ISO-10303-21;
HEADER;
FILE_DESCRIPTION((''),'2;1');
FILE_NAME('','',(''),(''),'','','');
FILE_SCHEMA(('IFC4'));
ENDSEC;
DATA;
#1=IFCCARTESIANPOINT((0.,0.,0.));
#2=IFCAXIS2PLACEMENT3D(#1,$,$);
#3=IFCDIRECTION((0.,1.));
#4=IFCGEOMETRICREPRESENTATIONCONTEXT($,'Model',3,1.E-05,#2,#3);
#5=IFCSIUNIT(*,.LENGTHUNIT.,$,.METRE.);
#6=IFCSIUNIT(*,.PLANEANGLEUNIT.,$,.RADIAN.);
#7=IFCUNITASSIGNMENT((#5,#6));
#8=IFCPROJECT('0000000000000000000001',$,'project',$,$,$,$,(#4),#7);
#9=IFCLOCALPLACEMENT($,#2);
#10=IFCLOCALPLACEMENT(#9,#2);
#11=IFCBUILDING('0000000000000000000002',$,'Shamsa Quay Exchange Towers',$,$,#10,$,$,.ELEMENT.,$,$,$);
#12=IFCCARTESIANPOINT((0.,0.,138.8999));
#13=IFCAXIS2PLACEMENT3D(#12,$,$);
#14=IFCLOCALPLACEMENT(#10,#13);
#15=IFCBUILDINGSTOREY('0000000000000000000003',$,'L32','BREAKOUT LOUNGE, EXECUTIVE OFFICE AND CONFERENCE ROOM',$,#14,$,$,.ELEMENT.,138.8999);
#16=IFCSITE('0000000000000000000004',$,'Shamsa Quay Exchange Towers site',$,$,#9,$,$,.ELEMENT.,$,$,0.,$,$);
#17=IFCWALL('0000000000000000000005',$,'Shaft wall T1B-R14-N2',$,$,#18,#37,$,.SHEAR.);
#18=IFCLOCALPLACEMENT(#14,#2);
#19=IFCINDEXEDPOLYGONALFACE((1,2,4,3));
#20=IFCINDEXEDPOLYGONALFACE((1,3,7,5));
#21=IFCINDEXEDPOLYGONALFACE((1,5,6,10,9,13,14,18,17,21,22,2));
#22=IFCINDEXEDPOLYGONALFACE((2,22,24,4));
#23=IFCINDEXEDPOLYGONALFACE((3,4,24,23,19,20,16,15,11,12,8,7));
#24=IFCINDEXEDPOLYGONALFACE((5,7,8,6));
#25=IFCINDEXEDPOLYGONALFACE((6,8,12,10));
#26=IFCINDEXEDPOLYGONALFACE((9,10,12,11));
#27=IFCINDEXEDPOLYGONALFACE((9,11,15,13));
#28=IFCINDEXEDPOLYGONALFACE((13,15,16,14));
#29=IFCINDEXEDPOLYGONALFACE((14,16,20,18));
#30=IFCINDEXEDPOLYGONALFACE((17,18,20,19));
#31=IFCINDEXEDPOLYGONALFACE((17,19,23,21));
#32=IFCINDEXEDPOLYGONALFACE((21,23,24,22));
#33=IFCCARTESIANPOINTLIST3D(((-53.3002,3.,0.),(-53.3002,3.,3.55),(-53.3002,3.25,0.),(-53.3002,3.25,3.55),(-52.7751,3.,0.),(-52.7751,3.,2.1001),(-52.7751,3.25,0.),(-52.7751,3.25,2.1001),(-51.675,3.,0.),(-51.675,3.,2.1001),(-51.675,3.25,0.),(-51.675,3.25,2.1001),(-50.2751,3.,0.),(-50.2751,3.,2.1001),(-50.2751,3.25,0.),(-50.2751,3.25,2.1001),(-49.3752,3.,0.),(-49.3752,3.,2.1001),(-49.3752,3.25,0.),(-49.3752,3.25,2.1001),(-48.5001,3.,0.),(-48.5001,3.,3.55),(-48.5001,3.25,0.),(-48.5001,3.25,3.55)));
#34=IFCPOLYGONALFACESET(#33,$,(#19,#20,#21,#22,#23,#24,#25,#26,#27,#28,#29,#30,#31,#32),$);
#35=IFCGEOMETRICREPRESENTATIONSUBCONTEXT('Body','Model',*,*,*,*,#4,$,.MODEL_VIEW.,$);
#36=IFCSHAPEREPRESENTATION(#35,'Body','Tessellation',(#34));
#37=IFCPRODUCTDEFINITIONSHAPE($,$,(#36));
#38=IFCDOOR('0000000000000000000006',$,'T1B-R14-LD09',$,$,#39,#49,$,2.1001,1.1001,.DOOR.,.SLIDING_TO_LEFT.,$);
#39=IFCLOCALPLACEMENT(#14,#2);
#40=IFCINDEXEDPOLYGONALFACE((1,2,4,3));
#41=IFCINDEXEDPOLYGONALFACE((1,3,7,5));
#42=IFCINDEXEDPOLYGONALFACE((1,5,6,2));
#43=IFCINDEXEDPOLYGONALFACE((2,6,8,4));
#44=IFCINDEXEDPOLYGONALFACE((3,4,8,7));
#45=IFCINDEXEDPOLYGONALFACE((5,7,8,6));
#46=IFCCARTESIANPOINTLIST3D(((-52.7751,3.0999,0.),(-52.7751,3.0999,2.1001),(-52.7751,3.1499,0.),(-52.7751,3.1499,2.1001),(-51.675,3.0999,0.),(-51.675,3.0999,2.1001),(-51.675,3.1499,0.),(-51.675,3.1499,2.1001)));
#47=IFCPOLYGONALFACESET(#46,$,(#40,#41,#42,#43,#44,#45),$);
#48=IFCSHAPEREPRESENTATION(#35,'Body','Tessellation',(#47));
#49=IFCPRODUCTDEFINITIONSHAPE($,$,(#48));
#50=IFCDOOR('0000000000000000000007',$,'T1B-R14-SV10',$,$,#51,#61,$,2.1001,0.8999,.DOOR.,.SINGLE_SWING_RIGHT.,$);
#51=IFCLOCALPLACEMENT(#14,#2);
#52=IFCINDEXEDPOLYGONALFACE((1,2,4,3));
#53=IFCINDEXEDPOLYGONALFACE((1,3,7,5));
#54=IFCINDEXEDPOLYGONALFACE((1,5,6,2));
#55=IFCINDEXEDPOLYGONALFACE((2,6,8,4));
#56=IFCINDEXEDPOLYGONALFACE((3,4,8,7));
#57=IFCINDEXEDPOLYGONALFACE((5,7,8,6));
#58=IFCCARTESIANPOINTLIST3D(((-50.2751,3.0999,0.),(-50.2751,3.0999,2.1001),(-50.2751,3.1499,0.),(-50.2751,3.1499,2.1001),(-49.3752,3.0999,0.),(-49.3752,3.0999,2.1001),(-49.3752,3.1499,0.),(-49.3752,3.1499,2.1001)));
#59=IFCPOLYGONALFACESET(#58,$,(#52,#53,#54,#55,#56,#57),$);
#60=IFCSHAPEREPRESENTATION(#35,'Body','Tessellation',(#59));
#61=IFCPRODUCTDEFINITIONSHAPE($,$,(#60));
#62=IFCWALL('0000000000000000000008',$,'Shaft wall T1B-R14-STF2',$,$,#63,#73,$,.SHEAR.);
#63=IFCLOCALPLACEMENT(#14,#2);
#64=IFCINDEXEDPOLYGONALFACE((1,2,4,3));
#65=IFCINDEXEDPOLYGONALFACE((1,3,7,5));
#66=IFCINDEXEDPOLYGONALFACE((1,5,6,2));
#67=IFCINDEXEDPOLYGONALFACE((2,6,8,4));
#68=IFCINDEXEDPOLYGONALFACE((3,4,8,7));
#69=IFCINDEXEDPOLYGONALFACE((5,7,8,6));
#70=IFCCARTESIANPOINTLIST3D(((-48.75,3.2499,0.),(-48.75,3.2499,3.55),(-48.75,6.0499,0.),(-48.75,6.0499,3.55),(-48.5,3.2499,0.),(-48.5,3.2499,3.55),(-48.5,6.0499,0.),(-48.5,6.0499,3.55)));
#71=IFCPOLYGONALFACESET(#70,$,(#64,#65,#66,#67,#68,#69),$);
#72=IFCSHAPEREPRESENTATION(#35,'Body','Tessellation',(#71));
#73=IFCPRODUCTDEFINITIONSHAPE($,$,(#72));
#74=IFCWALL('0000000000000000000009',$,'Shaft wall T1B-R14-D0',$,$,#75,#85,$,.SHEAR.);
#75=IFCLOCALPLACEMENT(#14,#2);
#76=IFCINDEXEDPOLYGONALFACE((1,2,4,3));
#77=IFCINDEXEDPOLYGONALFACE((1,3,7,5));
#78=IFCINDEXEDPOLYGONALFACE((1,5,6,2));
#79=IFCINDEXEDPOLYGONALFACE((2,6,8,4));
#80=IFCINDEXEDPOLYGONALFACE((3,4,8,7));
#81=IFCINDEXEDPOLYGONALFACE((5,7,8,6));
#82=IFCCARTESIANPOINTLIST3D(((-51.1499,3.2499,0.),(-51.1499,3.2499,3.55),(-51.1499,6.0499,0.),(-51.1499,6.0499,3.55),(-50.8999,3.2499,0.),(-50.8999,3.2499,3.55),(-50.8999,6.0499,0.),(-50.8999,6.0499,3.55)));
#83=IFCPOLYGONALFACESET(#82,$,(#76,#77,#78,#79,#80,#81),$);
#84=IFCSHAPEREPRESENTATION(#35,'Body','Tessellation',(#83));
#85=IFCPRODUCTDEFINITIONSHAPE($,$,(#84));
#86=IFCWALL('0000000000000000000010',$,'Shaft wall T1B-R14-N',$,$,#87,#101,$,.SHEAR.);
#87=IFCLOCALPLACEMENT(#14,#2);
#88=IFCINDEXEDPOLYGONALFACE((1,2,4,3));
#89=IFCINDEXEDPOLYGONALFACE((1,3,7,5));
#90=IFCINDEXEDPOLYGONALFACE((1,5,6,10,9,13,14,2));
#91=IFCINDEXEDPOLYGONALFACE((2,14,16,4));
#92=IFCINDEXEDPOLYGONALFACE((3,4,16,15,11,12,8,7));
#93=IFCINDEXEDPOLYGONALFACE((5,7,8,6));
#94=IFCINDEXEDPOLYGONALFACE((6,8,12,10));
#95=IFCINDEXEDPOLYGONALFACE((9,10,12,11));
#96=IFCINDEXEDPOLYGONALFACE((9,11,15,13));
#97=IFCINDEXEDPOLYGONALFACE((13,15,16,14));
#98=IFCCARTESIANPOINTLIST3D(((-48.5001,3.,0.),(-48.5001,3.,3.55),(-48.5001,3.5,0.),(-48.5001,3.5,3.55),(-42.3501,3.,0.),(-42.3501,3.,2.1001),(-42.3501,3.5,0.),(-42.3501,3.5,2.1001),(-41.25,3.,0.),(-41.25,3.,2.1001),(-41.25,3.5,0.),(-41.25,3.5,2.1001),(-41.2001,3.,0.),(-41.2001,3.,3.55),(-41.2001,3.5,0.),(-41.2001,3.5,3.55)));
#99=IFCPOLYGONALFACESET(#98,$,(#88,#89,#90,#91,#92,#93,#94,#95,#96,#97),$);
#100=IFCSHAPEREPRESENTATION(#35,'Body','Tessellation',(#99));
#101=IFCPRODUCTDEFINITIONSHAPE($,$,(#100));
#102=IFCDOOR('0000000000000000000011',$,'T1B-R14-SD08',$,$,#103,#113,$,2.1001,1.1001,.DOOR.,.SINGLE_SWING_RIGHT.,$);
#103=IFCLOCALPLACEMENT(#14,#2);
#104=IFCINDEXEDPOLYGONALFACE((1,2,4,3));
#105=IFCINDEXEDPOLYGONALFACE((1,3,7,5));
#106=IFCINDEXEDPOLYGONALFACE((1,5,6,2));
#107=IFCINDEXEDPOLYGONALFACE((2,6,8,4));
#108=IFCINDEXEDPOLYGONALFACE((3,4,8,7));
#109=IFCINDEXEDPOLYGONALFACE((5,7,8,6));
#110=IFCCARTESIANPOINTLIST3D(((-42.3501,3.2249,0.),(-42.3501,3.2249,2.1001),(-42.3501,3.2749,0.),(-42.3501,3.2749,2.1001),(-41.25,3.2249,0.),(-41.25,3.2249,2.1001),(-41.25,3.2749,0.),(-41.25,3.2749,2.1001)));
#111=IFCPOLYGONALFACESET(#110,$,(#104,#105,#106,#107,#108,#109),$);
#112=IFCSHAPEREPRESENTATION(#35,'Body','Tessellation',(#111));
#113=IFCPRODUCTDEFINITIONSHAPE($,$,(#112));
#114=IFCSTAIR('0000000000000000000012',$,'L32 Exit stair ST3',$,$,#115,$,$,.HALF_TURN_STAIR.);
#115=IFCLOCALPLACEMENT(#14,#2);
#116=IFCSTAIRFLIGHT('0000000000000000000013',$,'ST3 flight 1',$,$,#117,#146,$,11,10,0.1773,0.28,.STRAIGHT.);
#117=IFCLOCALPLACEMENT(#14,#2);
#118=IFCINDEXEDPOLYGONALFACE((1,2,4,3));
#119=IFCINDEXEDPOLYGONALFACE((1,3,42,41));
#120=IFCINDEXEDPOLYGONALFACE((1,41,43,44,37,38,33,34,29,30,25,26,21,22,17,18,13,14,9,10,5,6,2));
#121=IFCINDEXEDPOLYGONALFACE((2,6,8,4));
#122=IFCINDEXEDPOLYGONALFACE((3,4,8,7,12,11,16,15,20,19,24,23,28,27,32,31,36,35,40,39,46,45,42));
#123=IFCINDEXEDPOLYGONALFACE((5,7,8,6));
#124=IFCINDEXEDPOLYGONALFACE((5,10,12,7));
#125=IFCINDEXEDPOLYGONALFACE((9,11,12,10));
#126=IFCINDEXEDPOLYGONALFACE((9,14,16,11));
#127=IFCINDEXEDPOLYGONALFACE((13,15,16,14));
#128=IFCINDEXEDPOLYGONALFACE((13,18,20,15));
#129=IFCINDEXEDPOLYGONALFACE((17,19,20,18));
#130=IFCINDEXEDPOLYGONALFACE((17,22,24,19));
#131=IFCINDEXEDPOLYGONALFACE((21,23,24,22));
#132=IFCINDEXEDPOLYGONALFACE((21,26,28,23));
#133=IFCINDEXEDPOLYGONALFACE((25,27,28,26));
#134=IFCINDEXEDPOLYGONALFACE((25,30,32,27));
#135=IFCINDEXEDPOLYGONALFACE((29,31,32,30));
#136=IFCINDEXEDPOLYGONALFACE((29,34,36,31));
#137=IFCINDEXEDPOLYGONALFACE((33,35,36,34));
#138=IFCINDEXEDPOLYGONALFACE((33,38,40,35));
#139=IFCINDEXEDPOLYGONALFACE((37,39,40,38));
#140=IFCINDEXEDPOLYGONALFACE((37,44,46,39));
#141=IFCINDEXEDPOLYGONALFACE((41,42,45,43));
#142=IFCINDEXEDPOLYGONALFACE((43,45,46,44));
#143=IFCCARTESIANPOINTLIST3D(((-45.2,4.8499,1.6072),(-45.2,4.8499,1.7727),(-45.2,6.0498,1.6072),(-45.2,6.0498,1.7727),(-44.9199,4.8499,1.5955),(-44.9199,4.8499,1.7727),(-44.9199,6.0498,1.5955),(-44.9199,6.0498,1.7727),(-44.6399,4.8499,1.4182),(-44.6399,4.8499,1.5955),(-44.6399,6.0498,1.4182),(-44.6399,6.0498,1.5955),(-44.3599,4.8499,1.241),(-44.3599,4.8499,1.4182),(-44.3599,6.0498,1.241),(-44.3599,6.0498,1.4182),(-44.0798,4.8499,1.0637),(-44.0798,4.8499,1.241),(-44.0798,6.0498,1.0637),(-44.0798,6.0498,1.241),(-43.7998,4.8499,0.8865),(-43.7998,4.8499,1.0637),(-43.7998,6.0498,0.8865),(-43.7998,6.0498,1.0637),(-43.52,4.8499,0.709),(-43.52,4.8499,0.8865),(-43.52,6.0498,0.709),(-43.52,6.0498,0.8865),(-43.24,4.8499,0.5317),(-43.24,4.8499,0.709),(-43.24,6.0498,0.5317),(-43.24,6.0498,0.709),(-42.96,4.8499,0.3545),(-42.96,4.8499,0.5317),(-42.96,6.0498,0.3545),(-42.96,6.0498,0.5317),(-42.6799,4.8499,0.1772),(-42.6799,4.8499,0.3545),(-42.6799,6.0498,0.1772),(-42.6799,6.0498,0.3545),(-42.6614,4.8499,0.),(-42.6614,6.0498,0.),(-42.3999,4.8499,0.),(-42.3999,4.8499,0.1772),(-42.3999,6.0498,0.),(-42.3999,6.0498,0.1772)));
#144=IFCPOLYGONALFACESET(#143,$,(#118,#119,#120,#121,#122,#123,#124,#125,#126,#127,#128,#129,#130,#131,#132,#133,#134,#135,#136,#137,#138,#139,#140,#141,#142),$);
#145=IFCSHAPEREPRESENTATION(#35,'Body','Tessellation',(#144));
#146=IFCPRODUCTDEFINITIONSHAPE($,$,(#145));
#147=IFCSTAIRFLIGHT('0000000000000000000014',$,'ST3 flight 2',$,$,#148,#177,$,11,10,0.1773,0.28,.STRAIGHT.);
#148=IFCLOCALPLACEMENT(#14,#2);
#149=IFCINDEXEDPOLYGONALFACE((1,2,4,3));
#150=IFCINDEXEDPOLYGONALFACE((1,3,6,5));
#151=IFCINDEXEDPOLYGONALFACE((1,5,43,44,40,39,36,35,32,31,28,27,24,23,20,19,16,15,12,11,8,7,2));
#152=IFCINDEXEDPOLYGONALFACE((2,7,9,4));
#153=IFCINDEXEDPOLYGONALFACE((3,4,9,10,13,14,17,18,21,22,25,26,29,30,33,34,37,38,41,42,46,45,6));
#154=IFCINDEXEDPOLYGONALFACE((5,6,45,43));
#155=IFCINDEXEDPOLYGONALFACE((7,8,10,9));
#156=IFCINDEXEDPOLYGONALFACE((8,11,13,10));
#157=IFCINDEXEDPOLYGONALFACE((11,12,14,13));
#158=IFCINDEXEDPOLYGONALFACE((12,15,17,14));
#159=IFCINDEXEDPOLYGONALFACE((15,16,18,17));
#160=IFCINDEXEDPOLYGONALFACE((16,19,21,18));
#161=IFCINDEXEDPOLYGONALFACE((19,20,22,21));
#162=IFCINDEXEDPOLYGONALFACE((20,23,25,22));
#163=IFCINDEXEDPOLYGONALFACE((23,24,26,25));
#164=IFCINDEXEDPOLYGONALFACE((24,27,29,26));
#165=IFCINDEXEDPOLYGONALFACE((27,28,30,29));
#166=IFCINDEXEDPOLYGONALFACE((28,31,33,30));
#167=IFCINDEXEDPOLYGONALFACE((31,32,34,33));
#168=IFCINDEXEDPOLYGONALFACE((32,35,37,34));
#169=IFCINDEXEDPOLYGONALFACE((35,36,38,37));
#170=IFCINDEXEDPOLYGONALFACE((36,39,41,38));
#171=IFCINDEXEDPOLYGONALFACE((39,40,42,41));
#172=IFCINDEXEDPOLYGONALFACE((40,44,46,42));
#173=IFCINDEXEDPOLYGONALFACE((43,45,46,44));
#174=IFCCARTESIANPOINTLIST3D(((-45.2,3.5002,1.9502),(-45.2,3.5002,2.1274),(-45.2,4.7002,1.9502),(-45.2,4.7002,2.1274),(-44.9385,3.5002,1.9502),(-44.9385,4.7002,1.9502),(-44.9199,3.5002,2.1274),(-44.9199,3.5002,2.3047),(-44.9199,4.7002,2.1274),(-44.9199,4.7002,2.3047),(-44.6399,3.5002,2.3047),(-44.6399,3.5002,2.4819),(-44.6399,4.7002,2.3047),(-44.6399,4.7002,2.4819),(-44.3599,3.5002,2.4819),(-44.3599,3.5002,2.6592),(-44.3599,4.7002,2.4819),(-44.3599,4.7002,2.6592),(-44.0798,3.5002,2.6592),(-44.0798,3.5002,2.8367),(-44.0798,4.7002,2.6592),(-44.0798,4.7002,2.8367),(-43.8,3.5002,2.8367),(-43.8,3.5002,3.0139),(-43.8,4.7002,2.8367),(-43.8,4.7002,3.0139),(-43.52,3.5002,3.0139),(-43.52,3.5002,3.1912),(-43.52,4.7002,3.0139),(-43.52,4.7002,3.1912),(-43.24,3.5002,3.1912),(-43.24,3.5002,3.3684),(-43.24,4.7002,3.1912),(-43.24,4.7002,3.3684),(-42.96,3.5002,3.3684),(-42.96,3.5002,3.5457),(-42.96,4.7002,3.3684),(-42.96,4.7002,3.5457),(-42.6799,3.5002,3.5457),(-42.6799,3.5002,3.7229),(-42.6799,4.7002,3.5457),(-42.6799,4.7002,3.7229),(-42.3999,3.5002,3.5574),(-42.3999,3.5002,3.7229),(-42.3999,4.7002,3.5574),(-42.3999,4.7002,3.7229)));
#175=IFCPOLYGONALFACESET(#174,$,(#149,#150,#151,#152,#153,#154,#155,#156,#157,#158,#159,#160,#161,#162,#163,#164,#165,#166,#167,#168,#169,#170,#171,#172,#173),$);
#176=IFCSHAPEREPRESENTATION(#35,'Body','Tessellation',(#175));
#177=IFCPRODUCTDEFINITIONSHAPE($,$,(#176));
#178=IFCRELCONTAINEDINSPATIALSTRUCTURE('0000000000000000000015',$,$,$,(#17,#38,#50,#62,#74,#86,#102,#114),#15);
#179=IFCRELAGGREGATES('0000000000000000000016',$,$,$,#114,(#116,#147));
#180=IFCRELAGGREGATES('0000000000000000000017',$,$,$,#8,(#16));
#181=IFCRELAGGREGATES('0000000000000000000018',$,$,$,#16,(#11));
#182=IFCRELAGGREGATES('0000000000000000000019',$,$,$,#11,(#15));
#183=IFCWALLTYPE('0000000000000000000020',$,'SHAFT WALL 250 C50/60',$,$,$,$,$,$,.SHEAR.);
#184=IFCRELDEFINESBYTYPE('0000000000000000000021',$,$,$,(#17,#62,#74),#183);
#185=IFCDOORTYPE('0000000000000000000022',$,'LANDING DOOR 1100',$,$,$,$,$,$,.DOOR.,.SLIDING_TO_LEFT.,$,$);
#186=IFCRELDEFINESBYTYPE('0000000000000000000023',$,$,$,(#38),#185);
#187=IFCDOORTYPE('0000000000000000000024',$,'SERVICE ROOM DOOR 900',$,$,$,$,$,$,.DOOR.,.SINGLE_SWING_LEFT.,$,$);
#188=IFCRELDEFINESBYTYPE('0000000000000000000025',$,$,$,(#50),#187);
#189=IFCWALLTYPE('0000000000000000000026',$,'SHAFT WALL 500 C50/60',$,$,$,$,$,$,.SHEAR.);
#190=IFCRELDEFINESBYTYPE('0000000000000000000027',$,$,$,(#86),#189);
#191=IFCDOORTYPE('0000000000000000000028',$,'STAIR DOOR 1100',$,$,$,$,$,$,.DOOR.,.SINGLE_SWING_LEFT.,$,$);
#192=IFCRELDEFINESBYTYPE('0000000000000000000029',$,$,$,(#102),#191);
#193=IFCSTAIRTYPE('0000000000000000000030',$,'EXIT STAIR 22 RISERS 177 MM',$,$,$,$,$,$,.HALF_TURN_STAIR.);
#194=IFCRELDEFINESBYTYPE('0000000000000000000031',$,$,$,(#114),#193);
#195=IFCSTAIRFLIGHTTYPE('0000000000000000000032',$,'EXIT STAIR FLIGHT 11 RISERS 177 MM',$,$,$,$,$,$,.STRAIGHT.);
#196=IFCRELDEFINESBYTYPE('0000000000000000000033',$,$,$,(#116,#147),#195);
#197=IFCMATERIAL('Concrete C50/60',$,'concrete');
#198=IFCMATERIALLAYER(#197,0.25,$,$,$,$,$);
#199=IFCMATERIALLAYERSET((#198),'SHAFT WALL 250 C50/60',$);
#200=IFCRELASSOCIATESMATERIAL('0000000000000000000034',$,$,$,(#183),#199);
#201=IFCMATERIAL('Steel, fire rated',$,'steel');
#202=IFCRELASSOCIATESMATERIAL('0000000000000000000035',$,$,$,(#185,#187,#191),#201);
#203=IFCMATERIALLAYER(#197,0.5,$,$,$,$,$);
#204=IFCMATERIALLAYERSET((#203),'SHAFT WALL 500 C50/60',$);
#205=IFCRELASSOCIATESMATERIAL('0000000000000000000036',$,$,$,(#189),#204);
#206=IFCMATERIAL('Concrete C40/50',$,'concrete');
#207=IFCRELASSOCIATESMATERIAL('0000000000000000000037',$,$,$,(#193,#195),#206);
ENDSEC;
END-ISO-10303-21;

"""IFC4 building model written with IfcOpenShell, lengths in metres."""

from ifc_helpers import new_model, si_unit, direction, frame, frame_2d, origin, place, context, subcontext, project, spatial, polyline, rectangle, outline, extrude, material, layer, layer_set, type_object, element, fill, aggregate, save


model = new_model("IFC4")

# Units and contexts
model_context = context("Model", 3, precision=1e-05, world=origin(), true_north=direction((0.0, 1.0)))
body_context = subcontext(model_context, "Body", "Model", "MODEL_VIEW")
ifc_project = project(units=[si_unit("LENGTHUNIT", "METRE"), si_unit("PLANEANGLEUNIT", "RADIAN")], contexts=[model_context])

# Site, building, storey
site_placement = place(None, origin())
site = spatial("IfcSite", under=ifc_project, at=site_placement, Name="Shamsa Quay Exchange Towers site", CompositionType="ELEMENT", RefElevation=0.0)
building_placement = place(site_placement, origin())
building = spatial("IfcBuilding", under=site, at=building_placement, Name="Shamsa Quay Exchange Towers", CompositionType="ELEMENT")
storey_placement = place(building_placement, frame((0.0, 0.0, 138.8999)))
storey = spatial("IfcBuildingStorey", under=building, at=storey_placement, Name="L32", Description="BREAKOUT LOUNGE, EXECUTIVE OFFICE AND CONFERENCE ROOM", CompositionType="ELEMENT", Elevation=138.8999)

# Wall, openings, doors
ifc_material_1 = material(Name="Concrete C50/60", Category="concrete")
ifc_layer_1 = layer(ifc_material_1, 0.25)
ifc_layer_set_1 = layer_set([ifc_layer_1], Name="SHAFT WALL 250 C50/60")
wall_type_1 = type_object("IfcWallType", Name="SHAFT WALL 250 C50/60", PredefinedType="SHEAR", material=ifc_layer_set_1)
wall_1_placement = place(storey_placement, frame((-53.3, 3.125, 0.0)))
wall_1 = element("IfcWall", 1, at=wall_1_placement, inside=storey, type_object=wall_type_1, Name="Shaft wall T1B-R14-N2", PredefinedType="SHEAR", context=body_context, shape_type="SweptSolid", body=[
    extrude(rectangle(XDim=4.8, YDim=0.25, at=frame_2d((2.3999, 0.0))), origin(), (0.0, 0.0, 1.0), 3.55),
])
opening_1_placement = place(wall_1_placement, frame((0.5249, 0.0, 0.0)))
opening_1 = element("IfcOpeningElement", 2, at=opening_1_placement, cuts=wall_1, PredefinedType="OPENING", context=body_context, shape_type="SweptSolid", body=[
    extrude(rectangle(XDim=1.1001, YDim=2.1001, at=frame_2d((0.55, 1.05))), frame((0.0, 0.135, 0.0), z_axis=(0.0, -1.0, 0.0), x_axis=(1.0, 0.0, 0.0)), (0.0, 0.0, 1.0), 0.27),
])
opening_2_placement = place(wall_1_placement, frame((3.0249, 0.0, 0.0)))
opening_2 = element("IfcOpeningElement", 3, at=opening_2_placement, cuts=wall_1, PredefinedType="OPENING", context=body_context, shape_type="SweptSolid", body=[
    extrude(rectangle(XDim=0.8999, YDim=2.1001, at=frame_2d((0.45, 1.05))), frame((0.0, 0.135, 0.0), z_axis=(0.0, -1.0, 0.0), x_axis=(1.0, 0.0, 0.0)), (0.0, 0.0, 1.0), 0.27),
])
ifc_material_2 = material(Name="Steel, fire rated", Category="steel")
door_type_1 = type_object("IfcDoorType", Name="LANDING DOOR 1100", OperationType="SLIDING_TO_LEFT", PredefinedType="DOOR", material=ifc_material_2)
door_1_placement = place(opening_1_placement, origin())
door_1 = element("IfcDoor", 4, at=door_1_placement, inside=storey, type_object=door_type_1, Name="T1B-R14-LD09", OperationType="SLIDING_TO_LEFT", OverallHeight=2.1001, OverallWidth=1.1001, PredefinedType="DOOR", context=body_context, shape_type="SweptSolid", body=[
    extrude(rectangle(XDim=1.1001, YDim=2.1001, at=frame_2d((0.55, 1.05))), frame((0.0, 0.0249, 0.0), z_axis=(0.0, -1.0, 0.0), x_axis=(1.0, 0.0, 0.0)), (0.0, 0.0, 1.0), 0.05),
])
fill(opening_1, door_1)
door_type_2 = type_object("IfcDoorType", Name="SERVICE ROOM DOOR 900", OperationType="SINGLE_SWING_LEFT", PredefinedType="DOOR", material=ifc_material_2)
door_2_placement = place(opening_2_placement, origin())
door_2 = element("IfcDoor", 5, at=door_2_placement, inside=storey, type_object=door_type_2, Name="T1B-R14-SV10", OperationType="SINGLE_SWING_RIGHT", OverallHeight=2.1001, OverallWidth=0.8999, PredefinedType="DOOR", context=body_context, shape_type="SweptSolid", body=[
    extrude(rectangle(XDim=0.8999, YDim=2.1001, at=frame_2d((0.45, 1.05))), frame((0.0, 0.0249, 0.0), z_axis=(0.0, -1.0, 0.0), x_axis=(1.0, 0.0, 0.0)), (0.0, 0.0, 1.0), 0.05),
])
fill(opening_2, door_2)

# Walls
for number, where, z_axis, x_axis, name in (
    (6, (-48.625, 3.25, 0.0), (0.0, 0.0, 1.0), (0.0, 1.0, 0.0), "Shaft wall T1B-R14-STF2"),
    (7, (-51.0249, 3.25, 0.0), (0.0, 0.0, 1.0), (0.0, 1.0, 0.0), "Shaft wall T1B-R14-D0"),
):
    element("IfcWall", number, at=place(storey_placement, frame(where, z_axis=z_axis, x_axis=x_axis)), inside=storey, type_object=wall_type_1, Name=name, PredefinedType="SHEAR", context=body_context, shape_type="SweptSolid", body=[
        extrude(rectangle(XDim=2.8, YDim=0.25, at=frame_2d((1.3999, 0.0))), origin(), (0.0, 0.0, 1.0), 3.55),
    ])

# Wall, opening, door
ifc_layer_2 = layer(ifc_material_1, 0.5)
ifc_layer_set_2 = layer_set([ifc_layer_2], Name="SHAFT WALL 500 C50/60")
wall_type_2 = type_object("IfcWallType", Name="SHAFT WALL 500 C50/60", PredefinedType="SHEAR", material=ifc_layer_set_2)
wall_2_placement = place(storey_placement, frame((-48.5, 3.25, 0.0)))
wall_2 = element("IfcWall", 8, at=wall_2_placement, inside=storey, type_object=wall_type_2, Name="Shaft wall T1B-R14-N", PredefinedType="SHEAR", context=body_context, shape_type="SweptSolid", body=[
    extrude(rectangle(XDim=7.3, YDim=0.5, at=frame_2d((3.6499, 0.0))), origin(), (0.0, 0.0, 1.0), 3.55),
])
opening_3_placement = place(wall_2_placement, frame((6.1499, 0.0, 0.0)))
opening_3 = element("IfcOpeningElement", 9, at=opening_3_placement, cuts=wall_2, PredefinedType="OPENING", context=body_context, shape_type="SweptSolid", body=[
    extrude(rectangle(XDim=1.1001, YDim=2.1001, at=frame_2d((0.55, 1.05))), frame((0.0, 0.26, 0.0), z_axis=(0.0, -1.0, 0.0), x_axis=(1.0, 0.0, 0.0)), (0.0, 0.0, 1.0), 0.52),
])
door_type_3 = type_object("IfcDoorType", Name="STAIR DOOR 1100", OperationType="SINGLE_SWING_LEFT", PredefinedType="DOOR", material=ifc_material_2)
door_3_placement = place(opening_3_placement, origin())
door_3 = element("IfcDoor", 10, at=door_3_placement, inside=storey, type_object=door_type_3, Name="T1B-R14-SD08", OperationType="SINGLE_SWING_RIGHT", OverallHeight=2.1001, OverallWidth=1.1001, PredefinedType="DOOR", context=body_context, shape_type="SweptSolid", body=[
    extrude(rectangle(XDim=1.1001, YDim=2.1001, at=frame_2d((0.55, 1.05))), frame((0.0, 0.0249, 0.0), z_axis=(0.0, -1.0, 0.0), x_axis=(1.0, 0.0, 0.0)), (0.0, 0.0, 1.0), 0.05),
])
fill(opening_3, door_3)

# Stair, stair flights
ifc_material_3 = material(Name="Concrete C40/50", Category="concrete")
stair_type = type_object("IfcStairType", Name="EXIT STAIR 22 RISERS 177 MM", PredefinedType="HALF_TURN_STAIR", material=ifc_material_3)
stair_placement = place(storey_placement, origin())
stair = element("IfcStair", 11, at=stair_placement, inside=storey, type_object=stair_type, Name="L32 Exit stair ST3", PredefinedType="HALF_TURN_STAIR")
stair_flight_type = type_object("IfcStairFlightType", Name="EXIT STAIR FLIGHT 11 RISERS 177 MM", PredefinedType="STRAIGHT", material=ifc_material_3)
stair_flight_1_placement = place(storey_placement, frame((-42.3999, 5.45, 0.0), z_axis=(0.0, 0.0, 1.0), x_axis=(-1.0, 0.0, 0.0)))
stair_flight_1 = element("IfcStairFlight", 12, at=stair_flight_1_placement, type_object=stair_flight_type, Name="ST3 flight 1", NumberOfRisers=11, NumberOfTreads=10, PredefinedType="STRAIGHT", RiserHeight=0.1773, TreadLength=0.28, context=body_context, shape_type="SweptSolid", body=[
    extrude(outline(polyline([(0.0, 0.0), (0.0, 0.1772), (0.28, 0.1772), (0.28, 0.3545), (0.5601, 0.3545), (0.5601, 0.5317), (0.8401, 0.5317), (0.8401, 0.709), (1.1201, 0.709), (1.1201, 0.8865), (1.3999, 0.8865), (1.3999, 1.0637), (1.6799, 1.0637), (1.6799, 1.241), (1.96, 1.241), (1.96, 1.4182), (2.24, 1.4182), (2.24, 1.5955), (2.52, 1.5955), (2.52, 1.7727), (2.8, 1.7727), (2.8, 1.95), (2.8, 1.6072), (0.2615, 0.0), (0.0, 0.0)])), frame((0.0, 0.6001, 0.0), z_axis=(0.0, -1.0, 0.0), x_axis=(1.0, 0.0, 0.0)), (0.0, 0.0, 1.0), 1.2),
])
stair_flight_2_placement = place(storey_placement, frame((-45.2, 4.1001, 1.9502)))
stair_flight_2 = element("IfcStairFlight", 13, at=stair_flight_2_placement, type_object=stair_flight_type, Name="ST3 flight 2", NumberOfRisers=11, NumberOfTreads=10, PredefinedType="STRAIGHT", RiserHeight=0.1773, TreadLength=0.28, context=body_context, shape_type="SweptSolid", body=[
    extrude(outline(polyline([(0.0, 0.0), (0.0, 0.1772), (0.28, 0.1772), (0.28, 0.3545), (0.5601, 0.3545), (0.5601, 0.5317), (0.8401, 0.5317), (0.8401, 0.709), (1.1201, 0.709), (1.1201, 0.8865), (1.3999, 0.8865), (1.3999, 1.0637), (1.6799, 1.0637), (1.6799, 1.241), (1.96, 1.241), (1.96, 1.4182), (2.24, 1.4182), (2.24, 1.5955), (2.52, 1.5955), (2.52, 1.7727), (2.8, 1.7727), (2.8, 1.95), (2.8, 1.6072), (0.2615, 0.0), (0.0, 0.0)])), frame((0.0, 0.6001, 0.0), z_axis=(0.0, -1.0, 0.0), x_axis=(1.0, 0.0, 0.0)), (0.0, 0.0, 1.0), 1.2),
])
aggregate(stair, [stair_flight_1, stair_flight_2])

save(model, "model.ifc")
